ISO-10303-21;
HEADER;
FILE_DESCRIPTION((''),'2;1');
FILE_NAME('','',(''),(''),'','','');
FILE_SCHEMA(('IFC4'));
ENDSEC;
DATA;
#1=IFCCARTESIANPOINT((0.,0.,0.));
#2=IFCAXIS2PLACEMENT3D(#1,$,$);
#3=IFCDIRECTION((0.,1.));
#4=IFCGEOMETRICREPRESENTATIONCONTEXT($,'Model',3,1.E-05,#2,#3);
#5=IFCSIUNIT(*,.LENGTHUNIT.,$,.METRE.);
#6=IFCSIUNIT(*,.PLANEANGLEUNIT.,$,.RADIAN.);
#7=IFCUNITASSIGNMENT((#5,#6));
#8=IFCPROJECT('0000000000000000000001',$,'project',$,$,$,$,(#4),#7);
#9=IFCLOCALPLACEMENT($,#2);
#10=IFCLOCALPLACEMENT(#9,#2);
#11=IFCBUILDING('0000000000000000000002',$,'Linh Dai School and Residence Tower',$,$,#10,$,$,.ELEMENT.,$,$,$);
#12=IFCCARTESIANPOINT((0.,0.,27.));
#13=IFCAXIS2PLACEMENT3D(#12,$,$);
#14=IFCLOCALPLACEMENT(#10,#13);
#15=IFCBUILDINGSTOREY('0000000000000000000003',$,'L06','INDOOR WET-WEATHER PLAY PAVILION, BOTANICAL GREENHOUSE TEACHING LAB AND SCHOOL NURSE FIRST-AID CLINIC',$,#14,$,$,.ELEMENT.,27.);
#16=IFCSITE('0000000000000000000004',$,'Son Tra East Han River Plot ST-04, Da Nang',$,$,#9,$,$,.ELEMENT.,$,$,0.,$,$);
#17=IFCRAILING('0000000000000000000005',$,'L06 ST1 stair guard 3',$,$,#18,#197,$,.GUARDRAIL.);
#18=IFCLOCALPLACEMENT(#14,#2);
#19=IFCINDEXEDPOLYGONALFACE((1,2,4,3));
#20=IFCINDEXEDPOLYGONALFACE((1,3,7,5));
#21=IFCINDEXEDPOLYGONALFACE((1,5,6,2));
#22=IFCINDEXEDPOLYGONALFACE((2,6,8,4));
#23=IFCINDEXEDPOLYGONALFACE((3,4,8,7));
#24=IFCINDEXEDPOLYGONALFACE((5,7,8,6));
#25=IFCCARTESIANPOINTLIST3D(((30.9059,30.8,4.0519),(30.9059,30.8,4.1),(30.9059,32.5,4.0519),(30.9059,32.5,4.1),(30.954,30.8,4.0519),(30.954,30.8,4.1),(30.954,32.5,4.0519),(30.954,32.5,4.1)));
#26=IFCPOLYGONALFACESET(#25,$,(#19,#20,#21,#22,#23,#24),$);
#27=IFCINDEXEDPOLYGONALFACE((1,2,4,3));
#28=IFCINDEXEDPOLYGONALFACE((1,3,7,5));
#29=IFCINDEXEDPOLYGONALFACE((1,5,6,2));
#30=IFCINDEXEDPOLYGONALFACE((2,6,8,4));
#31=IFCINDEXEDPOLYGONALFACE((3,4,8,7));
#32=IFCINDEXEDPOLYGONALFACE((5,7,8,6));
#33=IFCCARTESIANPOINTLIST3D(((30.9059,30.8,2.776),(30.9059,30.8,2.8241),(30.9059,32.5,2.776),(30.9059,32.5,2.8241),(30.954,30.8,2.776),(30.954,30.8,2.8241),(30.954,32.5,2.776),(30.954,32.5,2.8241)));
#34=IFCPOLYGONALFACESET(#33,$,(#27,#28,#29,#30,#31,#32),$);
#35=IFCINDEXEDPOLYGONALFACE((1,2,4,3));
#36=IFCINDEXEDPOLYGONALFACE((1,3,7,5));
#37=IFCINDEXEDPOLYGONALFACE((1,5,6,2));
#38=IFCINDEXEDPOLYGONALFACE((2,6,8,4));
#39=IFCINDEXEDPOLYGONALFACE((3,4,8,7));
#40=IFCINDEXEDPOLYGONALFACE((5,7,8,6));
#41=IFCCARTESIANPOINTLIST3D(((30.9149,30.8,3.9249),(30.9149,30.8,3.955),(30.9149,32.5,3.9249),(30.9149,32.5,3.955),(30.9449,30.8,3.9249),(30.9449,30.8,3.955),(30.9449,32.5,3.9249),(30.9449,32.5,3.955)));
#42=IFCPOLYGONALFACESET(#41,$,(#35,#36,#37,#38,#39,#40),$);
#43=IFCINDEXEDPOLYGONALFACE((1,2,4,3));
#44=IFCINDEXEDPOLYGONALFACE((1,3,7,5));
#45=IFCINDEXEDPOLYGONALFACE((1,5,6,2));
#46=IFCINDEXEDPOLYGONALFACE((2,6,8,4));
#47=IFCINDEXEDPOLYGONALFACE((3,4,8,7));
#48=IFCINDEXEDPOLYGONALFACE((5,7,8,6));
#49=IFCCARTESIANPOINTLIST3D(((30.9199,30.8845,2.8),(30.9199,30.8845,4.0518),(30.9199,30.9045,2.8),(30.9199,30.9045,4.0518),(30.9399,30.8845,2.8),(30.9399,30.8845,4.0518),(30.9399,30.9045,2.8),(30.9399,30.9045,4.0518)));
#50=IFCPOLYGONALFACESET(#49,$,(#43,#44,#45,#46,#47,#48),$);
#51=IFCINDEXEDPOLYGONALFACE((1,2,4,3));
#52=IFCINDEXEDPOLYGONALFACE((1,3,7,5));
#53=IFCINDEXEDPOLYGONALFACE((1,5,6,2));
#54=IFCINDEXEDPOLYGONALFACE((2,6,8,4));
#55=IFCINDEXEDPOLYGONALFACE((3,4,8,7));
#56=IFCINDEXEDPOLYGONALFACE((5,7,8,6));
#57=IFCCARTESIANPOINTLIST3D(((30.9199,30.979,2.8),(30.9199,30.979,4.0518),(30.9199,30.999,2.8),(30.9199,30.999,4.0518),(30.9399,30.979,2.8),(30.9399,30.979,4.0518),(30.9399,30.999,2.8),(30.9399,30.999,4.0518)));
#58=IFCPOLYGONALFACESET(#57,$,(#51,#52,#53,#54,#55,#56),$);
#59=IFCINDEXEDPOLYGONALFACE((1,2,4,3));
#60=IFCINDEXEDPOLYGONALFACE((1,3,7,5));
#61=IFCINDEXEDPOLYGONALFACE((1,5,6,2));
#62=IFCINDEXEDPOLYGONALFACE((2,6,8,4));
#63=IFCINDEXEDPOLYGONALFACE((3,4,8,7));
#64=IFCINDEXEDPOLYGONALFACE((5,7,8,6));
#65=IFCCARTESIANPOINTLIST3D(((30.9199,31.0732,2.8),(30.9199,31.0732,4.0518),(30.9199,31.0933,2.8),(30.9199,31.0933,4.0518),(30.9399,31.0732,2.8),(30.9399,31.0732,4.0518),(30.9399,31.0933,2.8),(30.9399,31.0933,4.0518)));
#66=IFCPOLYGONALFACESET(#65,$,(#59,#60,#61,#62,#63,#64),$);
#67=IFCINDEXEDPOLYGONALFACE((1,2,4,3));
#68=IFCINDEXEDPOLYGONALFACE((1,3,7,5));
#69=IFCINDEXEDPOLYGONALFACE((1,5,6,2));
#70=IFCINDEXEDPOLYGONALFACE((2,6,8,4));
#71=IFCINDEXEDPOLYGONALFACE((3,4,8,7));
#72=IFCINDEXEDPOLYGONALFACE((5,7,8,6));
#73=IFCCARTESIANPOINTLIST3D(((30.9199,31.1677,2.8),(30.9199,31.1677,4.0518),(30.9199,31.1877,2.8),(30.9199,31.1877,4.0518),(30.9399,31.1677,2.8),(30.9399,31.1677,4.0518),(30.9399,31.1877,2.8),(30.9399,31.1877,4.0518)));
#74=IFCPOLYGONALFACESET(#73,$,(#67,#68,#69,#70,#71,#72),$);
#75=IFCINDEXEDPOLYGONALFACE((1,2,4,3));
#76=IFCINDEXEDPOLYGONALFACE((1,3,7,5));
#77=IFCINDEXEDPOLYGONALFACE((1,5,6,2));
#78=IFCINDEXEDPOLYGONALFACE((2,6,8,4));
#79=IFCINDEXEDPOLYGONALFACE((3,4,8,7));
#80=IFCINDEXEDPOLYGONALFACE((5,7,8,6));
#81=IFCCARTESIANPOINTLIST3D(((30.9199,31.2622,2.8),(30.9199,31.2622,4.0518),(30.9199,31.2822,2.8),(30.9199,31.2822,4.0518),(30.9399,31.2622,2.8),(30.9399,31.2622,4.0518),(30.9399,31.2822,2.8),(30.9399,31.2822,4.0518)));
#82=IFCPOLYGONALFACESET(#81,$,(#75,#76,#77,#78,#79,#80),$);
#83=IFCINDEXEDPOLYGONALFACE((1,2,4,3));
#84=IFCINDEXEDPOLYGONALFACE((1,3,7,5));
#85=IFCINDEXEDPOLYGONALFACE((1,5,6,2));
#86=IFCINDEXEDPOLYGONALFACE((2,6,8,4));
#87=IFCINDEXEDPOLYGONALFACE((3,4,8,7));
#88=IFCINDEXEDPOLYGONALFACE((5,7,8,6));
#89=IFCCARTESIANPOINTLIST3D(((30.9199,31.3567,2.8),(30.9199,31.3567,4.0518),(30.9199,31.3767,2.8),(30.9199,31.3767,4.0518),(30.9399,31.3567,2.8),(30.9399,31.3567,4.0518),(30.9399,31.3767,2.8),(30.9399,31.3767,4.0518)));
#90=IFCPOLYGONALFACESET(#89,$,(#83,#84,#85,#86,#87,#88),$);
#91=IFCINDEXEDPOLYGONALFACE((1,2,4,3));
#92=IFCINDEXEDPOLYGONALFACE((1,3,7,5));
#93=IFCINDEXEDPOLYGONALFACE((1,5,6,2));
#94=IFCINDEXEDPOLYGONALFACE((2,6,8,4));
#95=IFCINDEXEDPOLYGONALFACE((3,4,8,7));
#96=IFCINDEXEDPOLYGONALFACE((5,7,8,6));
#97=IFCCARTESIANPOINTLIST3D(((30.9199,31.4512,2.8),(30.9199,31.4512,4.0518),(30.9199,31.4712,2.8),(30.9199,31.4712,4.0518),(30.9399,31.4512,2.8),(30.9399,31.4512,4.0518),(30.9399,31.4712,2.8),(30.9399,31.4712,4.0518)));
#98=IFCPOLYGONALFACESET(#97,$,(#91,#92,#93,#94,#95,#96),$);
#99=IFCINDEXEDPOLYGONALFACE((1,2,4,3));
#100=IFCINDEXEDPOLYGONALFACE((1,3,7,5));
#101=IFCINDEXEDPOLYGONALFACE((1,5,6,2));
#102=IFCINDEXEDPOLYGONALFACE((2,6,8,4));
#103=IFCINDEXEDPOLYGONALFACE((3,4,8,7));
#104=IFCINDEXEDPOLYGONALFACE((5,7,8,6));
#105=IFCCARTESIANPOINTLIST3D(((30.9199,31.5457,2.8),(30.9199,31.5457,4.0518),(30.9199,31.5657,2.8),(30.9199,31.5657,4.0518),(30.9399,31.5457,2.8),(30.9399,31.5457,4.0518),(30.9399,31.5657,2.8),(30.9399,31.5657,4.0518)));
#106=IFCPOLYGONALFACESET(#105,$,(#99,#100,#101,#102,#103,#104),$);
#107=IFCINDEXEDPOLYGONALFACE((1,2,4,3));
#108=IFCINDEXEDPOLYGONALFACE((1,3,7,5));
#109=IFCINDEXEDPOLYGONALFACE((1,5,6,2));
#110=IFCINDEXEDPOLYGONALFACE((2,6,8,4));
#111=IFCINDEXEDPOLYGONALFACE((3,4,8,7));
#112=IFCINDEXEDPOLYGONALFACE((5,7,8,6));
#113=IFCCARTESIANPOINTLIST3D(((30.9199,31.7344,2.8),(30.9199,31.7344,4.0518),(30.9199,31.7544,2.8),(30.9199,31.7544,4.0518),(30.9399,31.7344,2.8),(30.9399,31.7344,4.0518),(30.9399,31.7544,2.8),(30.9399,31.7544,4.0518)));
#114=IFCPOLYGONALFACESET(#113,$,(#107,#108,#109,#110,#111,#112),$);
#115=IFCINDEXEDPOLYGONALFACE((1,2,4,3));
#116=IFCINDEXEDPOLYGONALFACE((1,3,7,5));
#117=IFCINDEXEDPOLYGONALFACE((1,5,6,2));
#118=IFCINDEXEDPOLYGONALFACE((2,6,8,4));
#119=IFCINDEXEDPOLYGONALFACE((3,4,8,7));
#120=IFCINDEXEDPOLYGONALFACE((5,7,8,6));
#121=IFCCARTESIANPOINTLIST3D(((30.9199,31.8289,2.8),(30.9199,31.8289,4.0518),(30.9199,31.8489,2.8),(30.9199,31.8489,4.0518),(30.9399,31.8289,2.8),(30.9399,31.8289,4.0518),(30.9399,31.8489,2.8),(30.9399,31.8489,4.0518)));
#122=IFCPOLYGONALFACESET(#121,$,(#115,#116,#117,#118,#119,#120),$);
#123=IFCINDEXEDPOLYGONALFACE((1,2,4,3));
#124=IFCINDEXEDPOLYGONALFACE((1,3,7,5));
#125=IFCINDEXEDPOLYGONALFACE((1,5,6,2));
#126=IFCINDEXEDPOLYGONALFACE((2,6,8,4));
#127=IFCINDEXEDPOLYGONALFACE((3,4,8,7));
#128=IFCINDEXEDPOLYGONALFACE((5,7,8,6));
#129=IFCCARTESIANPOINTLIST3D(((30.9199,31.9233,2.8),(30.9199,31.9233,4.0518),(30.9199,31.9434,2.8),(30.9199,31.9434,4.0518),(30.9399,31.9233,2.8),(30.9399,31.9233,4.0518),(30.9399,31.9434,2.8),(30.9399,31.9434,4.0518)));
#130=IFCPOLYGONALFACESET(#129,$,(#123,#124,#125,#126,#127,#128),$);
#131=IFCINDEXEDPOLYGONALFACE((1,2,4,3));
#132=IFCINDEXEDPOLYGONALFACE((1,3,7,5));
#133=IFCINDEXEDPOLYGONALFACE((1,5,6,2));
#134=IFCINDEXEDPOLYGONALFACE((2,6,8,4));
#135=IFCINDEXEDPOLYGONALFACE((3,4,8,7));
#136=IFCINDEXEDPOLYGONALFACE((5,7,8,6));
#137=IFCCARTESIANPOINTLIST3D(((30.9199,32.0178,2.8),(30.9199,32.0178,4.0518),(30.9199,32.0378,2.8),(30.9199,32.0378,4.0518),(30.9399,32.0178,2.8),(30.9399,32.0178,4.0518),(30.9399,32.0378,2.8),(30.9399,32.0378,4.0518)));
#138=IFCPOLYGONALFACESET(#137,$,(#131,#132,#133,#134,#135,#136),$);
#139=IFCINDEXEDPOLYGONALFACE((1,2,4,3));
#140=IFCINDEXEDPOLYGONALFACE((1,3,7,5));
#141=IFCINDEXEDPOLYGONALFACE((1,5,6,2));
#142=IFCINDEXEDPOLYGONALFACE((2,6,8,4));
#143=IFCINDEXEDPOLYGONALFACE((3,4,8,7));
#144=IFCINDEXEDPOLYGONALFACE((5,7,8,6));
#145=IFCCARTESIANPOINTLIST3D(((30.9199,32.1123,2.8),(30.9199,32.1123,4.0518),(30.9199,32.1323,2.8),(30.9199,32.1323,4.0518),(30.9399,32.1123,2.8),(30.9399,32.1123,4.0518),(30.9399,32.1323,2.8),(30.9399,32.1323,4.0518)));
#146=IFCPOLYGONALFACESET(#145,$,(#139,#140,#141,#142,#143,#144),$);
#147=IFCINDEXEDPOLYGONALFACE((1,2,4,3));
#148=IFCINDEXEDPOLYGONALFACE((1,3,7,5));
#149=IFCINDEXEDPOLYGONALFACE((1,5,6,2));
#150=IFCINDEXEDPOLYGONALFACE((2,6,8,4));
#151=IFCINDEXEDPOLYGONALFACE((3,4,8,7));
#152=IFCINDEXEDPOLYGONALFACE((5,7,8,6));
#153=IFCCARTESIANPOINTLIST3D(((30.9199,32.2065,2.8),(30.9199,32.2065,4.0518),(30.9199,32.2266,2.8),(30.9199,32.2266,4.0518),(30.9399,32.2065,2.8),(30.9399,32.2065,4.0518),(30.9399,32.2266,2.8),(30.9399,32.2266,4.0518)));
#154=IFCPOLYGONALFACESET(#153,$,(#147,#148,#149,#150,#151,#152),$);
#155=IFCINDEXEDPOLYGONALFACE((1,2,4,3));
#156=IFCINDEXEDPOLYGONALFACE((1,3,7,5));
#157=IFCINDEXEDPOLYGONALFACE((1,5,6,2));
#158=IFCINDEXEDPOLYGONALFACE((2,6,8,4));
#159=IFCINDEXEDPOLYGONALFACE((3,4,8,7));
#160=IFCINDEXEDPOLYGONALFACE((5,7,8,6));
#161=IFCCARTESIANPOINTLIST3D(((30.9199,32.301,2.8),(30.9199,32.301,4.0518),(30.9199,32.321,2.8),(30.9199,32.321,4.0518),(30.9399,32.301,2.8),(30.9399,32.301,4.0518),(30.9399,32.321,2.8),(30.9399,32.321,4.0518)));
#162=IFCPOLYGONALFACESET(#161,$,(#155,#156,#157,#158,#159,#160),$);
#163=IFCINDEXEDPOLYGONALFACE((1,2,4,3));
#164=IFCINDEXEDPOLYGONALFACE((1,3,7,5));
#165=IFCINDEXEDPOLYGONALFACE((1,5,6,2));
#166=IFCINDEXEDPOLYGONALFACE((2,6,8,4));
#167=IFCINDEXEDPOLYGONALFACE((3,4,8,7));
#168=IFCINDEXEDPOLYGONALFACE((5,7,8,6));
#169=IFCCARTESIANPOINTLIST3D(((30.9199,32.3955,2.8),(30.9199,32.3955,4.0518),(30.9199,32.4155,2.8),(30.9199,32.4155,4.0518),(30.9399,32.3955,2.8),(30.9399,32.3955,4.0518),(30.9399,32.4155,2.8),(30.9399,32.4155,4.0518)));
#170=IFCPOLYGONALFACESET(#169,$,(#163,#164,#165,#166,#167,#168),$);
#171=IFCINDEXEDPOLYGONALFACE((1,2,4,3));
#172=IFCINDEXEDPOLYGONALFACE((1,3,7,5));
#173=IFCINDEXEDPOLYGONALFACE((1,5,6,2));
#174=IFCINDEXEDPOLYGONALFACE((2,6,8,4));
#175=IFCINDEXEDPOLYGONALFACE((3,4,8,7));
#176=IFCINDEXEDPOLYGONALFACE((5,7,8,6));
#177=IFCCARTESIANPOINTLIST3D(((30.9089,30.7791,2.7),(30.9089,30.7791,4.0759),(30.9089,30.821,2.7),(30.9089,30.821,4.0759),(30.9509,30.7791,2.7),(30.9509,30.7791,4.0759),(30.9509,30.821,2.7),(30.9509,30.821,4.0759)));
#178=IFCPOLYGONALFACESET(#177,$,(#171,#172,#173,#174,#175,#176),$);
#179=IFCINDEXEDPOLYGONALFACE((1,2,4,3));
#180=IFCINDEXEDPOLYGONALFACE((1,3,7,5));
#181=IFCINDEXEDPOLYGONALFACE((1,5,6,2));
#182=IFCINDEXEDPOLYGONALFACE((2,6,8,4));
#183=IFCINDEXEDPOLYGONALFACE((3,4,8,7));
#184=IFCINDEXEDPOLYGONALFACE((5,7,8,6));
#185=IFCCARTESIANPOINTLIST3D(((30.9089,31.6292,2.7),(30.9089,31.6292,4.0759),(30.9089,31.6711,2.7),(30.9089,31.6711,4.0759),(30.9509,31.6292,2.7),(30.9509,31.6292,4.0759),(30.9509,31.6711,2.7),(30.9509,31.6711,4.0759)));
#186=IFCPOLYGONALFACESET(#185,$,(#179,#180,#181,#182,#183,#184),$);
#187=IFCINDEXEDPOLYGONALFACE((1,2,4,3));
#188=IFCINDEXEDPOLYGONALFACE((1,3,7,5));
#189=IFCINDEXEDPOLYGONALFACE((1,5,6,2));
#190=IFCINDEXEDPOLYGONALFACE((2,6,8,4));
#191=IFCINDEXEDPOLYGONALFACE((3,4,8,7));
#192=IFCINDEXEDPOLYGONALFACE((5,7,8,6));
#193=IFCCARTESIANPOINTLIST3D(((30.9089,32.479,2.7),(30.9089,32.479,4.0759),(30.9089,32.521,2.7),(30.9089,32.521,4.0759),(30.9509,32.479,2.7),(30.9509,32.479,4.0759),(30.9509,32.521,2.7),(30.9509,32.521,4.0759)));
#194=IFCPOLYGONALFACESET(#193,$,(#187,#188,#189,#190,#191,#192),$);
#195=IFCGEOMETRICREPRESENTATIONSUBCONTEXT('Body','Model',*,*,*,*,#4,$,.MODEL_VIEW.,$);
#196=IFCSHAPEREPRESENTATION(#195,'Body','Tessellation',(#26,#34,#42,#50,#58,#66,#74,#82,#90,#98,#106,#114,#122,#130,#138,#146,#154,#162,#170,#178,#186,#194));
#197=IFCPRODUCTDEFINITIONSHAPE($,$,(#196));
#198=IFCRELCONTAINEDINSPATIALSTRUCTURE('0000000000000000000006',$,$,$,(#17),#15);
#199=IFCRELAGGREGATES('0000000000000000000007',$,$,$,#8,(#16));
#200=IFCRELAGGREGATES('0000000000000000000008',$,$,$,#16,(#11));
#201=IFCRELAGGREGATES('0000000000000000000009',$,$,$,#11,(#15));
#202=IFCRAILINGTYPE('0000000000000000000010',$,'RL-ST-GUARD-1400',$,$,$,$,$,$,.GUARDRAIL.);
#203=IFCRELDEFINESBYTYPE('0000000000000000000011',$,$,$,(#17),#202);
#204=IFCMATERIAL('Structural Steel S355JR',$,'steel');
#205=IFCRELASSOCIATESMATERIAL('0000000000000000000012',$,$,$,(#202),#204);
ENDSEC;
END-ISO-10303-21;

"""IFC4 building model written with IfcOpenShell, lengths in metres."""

from ifc_helpers import new_model, si_unit, direction, frame, origin, origin_2d, place, context, subcontext, project, spatial, rectangle, extrude, source, transform, mapped, material, type_object, element, save


model = new_model("IFC4")

# Units and contexts
model_context = context("Model", 3, precision=1e-05, world=origin(), true_north=direction((0.0, 1.0)))
body_context = subcontext(model_context, "Body", "Model", "MODEL_VIEW")
ifc_project = project(units=[si_unit("LENGTHUNIT", "METRE"), si_unit("PLANEANGLEUNIT", "RADIAN")], contexts=[model_context])

# Site, building, storey
site_placement = place(None, origin())
site = spatial("IfcSite", under=ifc_project, at=site_placement, Name="Son Tra East Han River Plot ST-04, Da Nang", CompositionType="ELEMENT", RefElevation=0.0)
building_placement = place(site_placement, origin())
building = spatial("IfcBuilding", under=site, at=building_placement, Name="Linh Dai School and Residence Tower", CompositionType="ELEMENT")
storey_placement = place(building_placement, frame((0.0, 0.0, 27.0)))
storey = spatial("IfcBuildingStorey", under=building, at=storey_placement, Name="L06", Description="INDOOR WET-WEATHER PLAY PAVILION, BOTANICAL GREENHOUSE TEACHING LAB AND SCHOOL NURSE FIRST-AID CLINIC", CompositionType="ELEMENT", Elevation=27.0)

# Shared definitions
ifc_material_1 = material(Name="Structural Steel S355JR", Category="steel")

# Railing
railing_type_1 = type_object("IfcRailingType", Name="RL-ST-GUARD-1400", PredefinedType="GUARDRAIL", material=ifc_material_1)
shared_shape_1 = source(origin(), body_context, "Body", "SweptSolid", [
    extrude(rectangle(XDim=0.0481, YDim=0.0481, at=origin_2d()), frame((0.0, 0.0, 1.376), z_axis=(0.0, 1.0, 0.0), x_axis=(-1.0, 0.0, 0.0)), (0.0, 0.0, 1.0), 1.7),
    extrude(rectangle(XDim=0.0481, YDim=0.0481, at=origin_2d()), frame((0.0, 0.0, 0.1001), z_axis=(0.0, 1.0, 0.0), x_axis=(-1.0, 0.0, 0.0)), (0.0, 0.0, 1.0), 1.7),
    extrude(rectangle(XDim=0.03, YDim=0.03, at=origin_2d()), frame((0.0, 0.0, 1.24), z_axis=(0.0, 1.0, 0.0), x_axis=(-1.0, 0.0, 0.0)), (0.0, 0.0, 1.0), 1.7),
    extrude(rectangle(XDim=0.02, YDim=0.02, at=origin_2d()), frame((0.0, 0.0945, 0.1001)), (0.0, 0.0, 1.0), 1.2517),
    extrude(rectangle(XDim=0.02, YDim=0.02, at=origin_2d()), frame((0.0, 0.189, 0.1001)), (0.0, 0.0, 1.0), 1.2517),
    extrude(rectangle(XDim=0.02, YDim=0.02, at=origin_2d()), frame((0.0, 0.2832, 0.1001)), (0.0, 0.0, 1.0), 1.2517),
    extrude(rectangle(XDim=0.02, YDim=0.02, at=origin_2d()), frame((0.0, 0.3777, 0.1001)), (0.0, 0.0, 1.0), 1.2517),
    extrude(rectangle(XDim=0.02, YDim=0.02, at=origin_2d()), frame((0.0, 0.4722, 0.1001)), (0.0, 0.0, 1.0), 1.2517),
    extrude(rectangle(XDim=0.02, YDim=0.02, at=origin_2d()), frame((0.0, 0.5667, 0.1001)), (0.0, 0.0, 1.0), 1.2517),
    extrude(rectangle(XDim=0.02, YDim=0.02, at=origin_2d()), frame((0.0, 0.6611, 0.1001)), (0.0, 0.0, 1.0), 1.2517),
    extrude(rectangle(XDim=0.02, YDim=0.02, at=origin_2d()), frame((0.0, 0.7556, 0.1001)), (0.0, 0.0, 1.0), 1.2517),
    extrude(rectangle(XDim=0.02, YDim=0.02, at=origin_2d()), frame((0.0, 0.9443, 0.1001)), (0.0, 0.0, 1.0), 1.2517),
    extrude(rectangle(XDim=0.02, YDim=0.02, at=origin_2d()), frame((0.0, 1.0388, 0.1001)), (0.0, 0.0, 1.0), 1.2517),
    extrude(rectangle(XDim=0.02, YDim=0.02, at=origin_2d()), frame((0.0, 1.1333, 0.1001)), (0.0, 0.0, 1.0), 1.2517),
    extrude(rectangle(XDim=0.02, YDim=0.02, at=origin_2d()), frame((0.0, 1.2278, 0.1001)), (0.0, 0.0, 1.0), 1.2517),
    extrude(rectangle(XDim=0.02, YDim=0.02, at=origin_2d()), frame((0.0, 1.3223, 0.1001)), (0.0, 0.0, 1.0), 1.2517),
    extrude(rectangle(XDim=0.02, YDim=0.02, at=origin_2d()), frame((0.0, 1.4165, 0.1001)), (0.0, 0.0, 1.0), 1.2517),
    extrude(rectangle(XDim=0.02, YDim=0.02, at=origin_2d()), frame((0.0, 1.511, 0.1001)), (0.0, 0.0, 1.0), 1.2517),
    extrude(rectangle(XDim=0.02, YDim=0.02, at=origin_2d()), frame((0.0, 1.6055, 0.1001)), (0.0, 0.0, 1.0), 1.2517),
    extrude(rectangle(XDim=0.042, YDim=0.042, at=origin_2d()), origin(), (0.0, 0.0, 1.0), 1.376),
    extrude(rectangle(XDim=0.042, YDim=0.042, at=origin_2d()), frame((0.0, 0.8501, 0.0)), (0.0, 0.0, 1.0), 1.376),
    extrude(rectangle(XDim=0.042, YDim=0.042, at=origin_2d()), frame((0.0, 1.7, 0.0)), (0.0, 0.0, 1.0), 1.376),
])
for number, where, name in (
    (1, (30.9299, 30.8, 2.7), "L06 ST1 stair guard 3"),
):
    element("IfcRailing", number, at=place(storey_placement, frame(where)), inside=storey, type_object=railing_type_1, Name=name, PredefinedType="GUARDRAIL", context=body_context, shape_type="MappedRepresentation", body=[
        mapped(shared_shape_1, transform((0.0, 0.0, 0.0), x_axis=(1.0, 0.0, 0.0), y_axis=(0.0, 1.0, 0.0), z_axis=(0.0, 0.0, 1.0), scale=1.0)),
    ])

save(model, "model.ifc")
